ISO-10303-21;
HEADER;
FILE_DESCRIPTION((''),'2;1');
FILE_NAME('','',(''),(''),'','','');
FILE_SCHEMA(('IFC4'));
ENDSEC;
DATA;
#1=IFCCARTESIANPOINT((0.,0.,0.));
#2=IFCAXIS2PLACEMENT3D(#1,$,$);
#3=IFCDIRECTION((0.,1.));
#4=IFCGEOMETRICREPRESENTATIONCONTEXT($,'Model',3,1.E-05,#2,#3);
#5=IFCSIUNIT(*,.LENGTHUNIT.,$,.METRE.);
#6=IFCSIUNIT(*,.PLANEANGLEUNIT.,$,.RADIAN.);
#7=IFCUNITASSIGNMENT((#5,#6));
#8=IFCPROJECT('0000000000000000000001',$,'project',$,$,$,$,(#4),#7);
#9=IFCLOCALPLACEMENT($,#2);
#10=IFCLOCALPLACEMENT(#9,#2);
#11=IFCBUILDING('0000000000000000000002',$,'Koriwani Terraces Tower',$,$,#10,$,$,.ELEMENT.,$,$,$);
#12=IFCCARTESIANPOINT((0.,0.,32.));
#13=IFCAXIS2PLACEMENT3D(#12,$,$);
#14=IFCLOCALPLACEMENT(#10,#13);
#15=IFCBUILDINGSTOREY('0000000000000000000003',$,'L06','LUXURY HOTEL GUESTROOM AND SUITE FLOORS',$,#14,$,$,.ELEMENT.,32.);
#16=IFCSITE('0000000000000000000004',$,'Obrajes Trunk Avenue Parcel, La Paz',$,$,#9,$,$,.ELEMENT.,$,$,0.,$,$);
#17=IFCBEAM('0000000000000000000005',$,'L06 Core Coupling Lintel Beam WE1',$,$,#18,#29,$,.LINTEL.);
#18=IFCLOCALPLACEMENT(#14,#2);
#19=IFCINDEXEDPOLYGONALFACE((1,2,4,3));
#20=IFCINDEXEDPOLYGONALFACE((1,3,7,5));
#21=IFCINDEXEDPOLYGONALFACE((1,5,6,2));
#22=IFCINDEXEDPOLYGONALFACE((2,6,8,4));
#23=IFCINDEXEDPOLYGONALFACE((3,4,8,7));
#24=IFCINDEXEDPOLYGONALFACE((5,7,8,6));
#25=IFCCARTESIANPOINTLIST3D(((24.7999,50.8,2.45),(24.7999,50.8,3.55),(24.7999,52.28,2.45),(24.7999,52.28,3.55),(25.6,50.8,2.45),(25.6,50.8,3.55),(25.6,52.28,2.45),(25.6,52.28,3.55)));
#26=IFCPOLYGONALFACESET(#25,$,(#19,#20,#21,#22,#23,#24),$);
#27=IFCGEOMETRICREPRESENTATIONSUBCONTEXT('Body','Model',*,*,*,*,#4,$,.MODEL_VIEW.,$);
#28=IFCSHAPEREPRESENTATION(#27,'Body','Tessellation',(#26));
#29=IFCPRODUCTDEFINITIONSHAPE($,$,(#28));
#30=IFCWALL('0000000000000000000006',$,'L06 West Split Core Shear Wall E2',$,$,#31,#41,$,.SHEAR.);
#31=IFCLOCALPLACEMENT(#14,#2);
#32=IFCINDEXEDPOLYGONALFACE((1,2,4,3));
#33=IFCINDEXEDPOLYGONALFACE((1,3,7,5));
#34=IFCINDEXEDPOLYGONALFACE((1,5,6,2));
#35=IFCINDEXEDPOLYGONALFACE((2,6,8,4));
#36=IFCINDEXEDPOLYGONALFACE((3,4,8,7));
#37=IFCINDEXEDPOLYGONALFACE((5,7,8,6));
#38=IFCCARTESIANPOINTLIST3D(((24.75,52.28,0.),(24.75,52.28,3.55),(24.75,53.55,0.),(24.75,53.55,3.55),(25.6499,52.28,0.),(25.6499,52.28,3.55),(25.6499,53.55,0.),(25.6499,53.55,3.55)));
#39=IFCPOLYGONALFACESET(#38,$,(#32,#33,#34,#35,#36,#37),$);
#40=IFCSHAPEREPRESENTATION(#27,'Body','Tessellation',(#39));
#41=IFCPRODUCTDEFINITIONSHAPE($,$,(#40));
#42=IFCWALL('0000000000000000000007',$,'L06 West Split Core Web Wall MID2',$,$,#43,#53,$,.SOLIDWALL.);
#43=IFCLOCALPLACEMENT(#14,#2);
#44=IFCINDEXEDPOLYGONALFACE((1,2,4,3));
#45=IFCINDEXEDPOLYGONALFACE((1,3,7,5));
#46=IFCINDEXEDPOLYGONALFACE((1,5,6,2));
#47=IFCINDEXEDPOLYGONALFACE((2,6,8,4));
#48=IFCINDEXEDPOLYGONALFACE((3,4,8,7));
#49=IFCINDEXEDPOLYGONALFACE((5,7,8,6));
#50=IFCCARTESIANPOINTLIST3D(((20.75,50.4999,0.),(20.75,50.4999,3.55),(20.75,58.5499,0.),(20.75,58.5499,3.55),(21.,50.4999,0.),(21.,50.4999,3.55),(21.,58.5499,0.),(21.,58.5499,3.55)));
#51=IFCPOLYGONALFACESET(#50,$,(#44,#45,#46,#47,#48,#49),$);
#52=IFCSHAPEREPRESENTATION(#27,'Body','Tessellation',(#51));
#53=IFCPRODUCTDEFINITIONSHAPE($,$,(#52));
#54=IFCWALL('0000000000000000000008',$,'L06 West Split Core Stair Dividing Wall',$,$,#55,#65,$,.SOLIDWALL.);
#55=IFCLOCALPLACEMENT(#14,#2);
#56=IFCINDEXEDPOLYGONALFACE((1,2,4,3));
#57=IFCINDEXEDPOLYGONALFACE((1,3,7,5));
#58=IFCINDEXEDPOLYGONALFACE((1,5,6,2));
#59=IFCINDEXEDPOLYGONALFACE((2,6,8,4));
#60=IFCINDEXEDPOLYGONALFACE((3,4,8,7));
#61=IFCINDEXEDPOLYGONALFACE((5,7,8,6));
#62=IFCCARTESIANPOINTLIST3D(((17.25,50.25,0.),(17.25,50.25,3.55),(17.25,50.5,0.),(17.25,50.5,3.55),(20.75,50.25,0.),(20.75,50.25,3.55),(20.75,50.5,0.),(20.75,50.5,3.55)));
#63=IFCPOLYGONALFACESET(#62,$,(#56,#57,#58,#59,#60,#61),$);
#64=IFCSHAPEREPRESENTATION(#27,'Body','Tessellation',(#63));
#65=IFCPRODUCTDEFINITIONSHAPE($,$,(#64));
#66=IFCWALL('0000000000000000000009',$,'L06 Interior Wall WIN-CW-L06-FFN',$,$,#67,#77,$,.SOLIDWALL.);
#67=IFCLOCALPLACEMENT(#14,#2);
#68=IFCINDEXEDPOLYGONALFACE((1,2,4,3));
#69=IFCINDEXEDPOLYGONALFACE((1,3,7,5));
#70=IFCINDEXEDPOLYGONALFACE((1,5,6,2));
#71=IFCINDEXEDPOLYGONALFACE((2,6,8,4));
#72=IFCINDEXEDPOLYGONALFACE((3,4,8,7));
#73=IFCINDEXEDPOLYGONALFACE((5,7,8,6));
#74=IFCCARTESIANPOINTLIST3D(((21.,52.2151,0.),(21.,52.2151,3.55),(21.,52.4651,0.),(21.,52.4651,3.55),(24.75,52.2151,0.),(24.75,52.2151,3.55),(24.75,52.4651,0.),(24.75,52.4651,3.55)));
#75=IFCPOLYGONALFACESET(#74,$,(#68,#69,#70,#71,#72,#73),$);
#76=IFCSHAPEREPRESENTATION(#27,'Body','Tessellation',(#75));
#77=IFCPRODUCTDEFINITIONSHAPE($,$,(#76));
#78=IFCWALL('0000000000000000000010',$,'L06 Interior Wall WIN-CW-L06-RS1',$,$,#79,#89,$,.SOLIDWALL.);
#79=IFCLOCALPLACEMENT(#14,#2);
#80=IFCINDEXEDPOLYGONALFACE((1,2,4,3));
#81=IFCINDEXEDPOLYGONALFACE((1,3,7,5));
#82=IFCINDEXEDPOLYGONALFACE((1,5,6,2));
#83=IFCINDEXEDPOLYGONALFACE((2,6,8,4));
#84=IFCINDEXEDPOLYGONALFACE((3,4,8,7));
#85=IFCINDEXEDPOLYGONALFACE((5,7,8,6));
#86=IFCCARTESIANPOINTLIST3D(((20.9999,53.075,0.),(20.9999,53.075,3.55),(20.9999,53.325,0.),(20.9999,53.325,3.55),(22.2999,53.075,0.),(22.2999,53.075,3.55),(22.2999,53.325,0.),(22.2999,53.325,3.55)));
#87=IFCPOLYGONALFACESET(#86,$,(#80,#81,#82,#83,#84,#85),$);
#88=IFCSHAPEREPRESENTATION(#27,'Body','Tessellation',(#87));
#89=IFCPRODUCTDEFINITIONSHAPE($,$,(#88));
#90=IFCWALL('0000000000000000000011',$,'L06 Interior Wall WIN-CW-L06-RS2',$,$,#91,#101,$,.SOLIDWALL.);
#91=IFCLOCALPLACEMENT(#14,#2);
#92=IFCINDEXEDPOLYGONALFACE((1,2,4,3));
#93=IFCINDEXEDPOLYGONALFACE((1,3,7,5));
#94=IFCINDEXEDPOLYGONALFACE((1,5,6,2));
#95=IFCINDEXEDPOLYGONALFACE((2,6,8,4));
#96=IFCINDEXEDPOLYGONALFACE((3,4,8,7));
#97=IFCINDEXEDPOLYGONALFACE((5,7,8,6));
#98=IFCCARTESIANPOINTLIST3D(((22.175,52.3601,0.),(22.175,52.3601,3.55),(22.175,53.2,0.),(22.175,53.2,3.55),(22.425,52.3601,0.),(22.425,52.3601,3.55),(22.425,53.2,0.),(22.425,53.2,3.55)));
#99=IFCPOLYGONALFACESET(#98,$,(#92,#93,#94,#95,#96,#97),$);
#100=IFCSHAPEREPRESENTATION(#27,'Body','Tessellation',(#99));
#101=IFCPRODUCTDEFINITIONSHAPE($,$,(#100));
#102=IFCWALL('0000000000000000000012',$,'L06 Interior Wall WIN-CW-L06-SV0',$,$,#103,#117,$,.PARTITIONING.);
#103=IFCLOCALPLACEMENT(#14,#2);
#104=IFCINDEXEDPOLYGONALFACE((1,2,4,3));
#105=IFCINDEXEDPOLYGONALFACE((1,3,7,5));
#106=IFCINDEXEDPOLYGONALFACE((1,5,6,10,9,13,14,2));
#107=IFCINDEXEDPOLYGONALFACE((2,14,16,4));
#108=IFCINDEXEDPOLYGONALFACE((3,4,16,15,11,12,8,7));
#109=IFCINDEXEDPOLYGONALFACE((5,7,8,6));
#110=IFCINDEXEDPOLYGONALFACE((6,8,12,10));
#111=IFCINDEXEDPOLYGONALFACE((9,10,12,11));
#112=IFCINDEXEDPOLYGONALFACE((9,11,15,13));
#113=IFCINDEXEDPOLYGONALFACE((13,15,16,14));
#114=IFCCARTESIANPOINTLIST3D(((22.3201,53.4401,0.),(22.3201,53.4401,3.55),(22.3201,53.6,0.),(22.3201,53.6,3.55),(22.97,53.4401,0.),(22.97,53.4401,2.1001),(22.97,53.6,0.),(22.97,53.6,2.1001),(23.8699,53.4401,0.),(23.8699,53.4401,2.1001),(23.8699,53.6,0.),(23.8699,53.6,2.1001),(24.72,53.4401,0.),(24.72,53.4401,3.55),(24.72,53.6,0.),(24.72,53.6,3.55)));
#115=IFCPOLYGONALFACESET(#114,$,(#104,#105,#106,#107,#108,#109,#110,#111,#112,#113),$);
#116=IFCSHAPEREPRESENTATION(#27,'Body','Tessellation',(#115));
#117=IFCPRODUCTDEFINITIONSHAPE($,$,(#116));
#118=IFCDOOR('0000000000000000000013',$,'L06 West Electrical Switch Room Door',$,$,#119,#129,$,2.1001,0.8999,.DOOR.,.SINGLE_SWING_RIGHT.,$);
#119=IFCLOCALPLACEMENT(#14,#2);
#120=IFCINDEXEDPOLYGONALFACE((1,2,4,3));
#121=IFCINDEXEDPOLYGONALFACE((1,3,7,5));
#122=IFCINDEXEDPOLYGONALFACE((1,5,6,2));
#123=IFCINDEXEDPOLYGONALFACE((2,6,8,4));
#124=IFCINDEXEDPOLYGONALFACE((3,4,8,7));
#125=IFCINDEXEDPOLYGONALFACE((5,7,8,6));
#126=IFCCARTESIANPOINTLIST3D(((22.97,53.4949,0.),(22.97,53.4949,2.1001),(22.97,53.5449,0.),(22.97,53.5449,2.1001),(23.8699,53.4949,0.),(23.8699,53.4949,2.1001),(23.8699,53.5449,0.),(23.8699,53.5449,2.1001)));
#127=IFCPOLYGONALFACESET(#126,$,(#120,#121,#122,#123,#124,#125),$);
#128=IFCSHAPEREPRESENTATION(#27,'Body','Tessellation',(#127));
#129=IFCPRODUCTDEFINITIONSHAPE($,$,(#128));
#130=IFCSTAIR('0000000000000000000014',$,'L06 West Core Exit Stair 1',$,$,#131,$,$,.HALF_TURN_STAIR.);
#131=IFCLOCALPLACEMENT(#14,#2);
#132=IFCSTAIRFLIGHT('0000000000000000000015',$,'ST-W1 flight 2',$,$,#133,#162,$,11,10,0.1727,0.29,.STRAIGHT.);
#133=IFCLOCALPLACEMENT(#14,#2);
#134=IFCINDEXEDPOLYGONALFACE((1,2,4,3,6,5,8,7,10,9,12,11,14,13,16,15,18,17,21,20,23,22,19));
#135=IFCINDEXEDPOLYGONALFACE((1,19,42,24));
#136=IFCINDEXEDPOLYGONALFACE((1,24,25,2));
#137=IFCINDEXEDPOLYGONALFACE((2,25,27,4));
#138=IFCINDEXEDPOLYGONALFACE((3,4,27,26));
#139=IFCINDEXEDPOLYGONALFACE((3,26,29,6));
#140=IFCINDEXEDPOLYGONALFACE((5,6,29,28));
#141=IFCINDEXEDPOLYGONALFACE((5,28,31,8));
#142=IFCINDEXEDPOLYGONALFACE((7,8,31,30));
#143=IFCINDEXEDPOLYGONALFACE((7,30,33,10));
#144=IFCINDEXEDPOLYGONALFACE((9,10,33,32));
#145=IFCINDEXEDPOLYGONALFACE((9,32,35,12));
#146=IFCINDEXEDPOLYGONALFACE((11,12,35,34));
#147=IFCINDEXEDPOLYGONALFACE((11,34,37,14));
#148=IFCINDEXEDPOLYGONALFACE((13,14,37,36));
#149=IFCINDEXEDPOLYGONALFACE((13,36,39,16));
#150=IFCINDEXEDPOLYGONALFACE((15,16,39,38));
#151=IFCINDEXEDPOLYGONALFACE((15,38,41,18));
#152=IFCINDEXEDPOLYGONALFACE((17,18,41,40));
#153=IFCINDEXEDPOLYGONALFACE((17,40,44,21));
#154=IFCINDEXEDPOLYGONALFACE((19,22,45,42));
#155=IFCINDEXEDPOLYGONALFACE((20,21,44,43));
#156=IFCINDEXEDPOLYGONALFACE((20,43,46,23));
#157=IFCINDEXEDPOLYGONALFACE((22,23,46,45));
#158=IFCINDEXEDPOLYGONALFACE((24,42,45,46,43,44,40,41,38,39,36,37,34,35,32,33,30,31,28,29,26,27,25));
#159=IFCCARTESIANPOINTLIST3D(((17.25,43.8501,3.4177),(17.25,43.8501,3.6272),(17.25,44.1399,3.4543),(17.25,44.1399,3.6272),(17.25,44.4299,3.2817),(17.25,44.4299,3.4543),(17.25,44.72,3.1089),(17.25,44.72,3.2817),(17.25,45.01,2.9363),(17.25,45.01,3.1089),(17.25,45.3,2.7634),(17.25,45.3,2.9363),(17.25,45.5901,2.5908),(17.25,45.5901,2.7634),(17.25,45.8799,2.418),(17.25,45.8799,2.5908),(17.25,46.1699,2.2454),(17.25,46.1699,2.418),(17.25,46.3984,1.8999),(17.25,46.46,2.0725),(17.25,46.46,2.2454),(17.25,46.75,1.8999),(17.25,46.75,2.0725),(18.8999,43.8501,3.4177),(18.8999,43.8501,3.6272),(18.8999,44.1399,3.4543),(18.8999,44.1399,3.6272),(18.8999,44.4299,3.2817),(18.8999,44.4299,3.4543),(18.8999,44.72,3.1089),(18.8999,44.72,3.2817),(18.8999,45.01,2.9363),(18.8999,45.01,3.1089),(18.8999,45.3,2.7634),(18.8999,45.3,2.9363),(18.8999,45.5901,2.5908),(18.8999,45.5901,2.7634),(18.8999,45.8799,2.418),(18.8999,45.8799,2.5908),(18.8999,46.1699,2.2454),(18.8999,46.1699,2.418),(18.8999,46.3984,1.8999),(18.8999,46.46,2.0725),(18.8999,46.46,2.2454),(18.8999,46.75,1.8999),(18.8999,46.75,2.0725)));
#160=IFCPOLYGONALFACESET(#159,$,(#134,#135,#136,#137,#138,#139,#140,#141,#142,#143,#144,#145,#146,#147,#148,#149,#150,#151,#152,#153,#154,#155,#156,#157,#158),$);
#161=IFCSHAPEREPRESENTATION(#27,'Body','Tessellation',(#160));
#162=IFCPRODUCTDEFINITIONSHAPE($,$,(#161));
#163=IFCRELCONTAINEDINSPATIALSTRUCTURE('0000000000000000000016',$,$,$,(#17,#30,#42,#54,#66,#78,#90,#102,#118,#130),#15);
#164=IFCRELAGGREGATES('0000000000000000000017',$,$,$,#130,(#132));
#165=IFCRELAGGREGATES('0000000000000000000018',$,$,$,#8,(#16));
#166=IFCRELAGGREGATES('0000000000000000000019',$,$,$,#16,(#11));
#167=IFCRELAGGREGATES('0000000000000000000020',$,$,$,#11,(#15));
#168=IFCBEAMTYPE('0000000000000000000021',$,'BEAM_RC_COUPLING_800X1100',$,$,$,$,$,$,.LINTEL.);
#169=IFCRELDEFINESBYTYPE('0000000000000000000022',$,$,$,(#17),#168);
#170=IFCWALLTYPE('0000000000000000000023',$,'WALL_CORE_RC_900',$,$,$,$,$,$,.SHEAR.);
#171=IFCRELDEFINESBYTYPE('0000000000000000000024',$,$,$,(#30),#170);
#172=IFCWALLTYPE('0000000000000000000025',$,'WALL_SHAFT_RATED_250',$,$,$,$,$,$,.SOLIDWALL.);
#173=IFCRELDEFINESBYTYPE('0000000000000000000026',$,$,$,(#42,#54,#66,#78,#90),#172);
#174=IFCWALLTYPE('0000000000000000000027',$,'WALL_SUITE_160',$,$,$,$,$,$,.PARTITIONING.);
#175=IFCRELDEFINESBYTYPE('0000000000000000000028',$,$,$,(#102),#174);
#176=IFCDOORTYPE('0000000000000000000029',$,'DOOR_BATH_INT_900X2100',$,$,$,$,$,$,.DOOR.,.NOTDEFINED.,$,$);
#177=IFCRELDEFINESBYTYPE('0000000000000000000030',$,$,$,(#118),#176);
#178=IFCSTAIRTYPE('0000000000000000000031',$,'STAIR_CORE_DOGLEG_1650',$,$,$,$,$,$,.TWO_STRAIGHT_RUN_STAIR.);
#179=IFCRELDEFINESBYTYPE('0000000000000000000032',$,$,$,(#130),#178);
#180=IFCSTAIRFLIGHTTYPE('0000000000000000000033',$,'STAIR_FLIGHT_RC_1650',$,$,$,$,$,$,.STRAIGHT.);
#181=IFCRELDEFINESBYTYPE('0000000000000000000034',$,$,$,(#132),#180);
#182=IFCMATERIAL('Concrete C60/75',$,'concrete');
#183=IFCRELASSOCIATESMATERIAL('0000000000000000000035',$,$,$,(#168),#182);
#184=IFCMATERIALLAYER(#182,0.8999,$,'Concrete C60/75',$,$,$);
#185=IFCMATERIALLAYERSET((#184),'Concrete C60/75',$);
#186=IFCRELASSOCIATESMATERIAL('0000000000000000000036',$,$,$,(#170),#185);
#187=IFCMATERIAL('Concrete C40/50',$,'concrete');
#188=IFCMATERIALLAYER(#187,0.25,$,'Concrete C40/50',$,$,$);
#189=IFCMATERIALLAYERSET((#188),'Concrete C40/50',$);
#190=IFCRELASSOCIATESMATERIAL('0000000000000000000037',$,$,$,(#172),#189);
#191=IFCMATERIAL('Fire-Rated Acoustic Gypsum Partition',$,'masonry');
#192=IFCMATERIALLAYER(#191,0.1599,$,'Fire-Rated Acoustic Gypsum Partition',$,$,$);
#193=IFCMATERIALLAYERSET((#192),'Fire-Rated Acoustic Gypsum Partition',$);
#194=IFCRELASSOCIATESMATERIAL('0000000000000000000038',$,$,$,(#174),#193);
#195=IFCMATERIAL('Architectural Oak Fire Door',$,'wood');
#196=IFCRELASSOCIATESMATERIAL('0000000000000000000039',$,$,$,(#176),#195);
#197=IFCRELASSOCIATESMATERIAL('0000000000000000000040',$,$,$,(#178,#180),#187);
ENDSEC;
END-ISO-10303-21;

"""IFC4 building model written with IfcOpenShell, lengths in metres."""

from ifc_helpers import new_model, si_unit, direction, frame, frame_2d, origin, origin_2d, place, context, subcontext, project, spatial, polyline, rectangle, outline, extrude, material, layer, layer_set, material_profile, profile_set, type_object, element, fill, aggregate, save


model = new_model("IFC4")

# Units and contexts
model_context = context("Model", 3, precision=1e-05, world=origin(), true_north=direction((0.0, 1.0)))
body_context = subcontext(model_context, "Body", "Model", "MODEL_VIEW")
ifc_project = project(units=[si_unit("LENGTHUNIT", "METRE"), si_unit("PLANEANGLEUNIT", "RADIAN")], contexts=[model_context])

# Site, building, storey
site_placement = place(None, origin())
site = spatial("IfcSite", under=ifc_project, at=site_placement, Name="Obrajes Trunk Avenue Parcel, La Paz", CompositionType="ELEMENT", RefElevation=0.0)
building_placement = place(site_placement, origin())
building = spatial("IfcBuilding", under=site, at=building_placement, Name="Koriwani Terraces Tower", CompositionType="ELEMENT")
storey_placement = place(building_placement, frame((0.0, 0.0, 32.0)))
storey = spatial("IfcBuildingStorey", under=building, at=storey_placement, Name="L06", Description="LUXURY HOTEL GUESTROOM AND SUITE FLOORS", CompositionType="ELEMENT", Elevation=32.0)

# Beam
ifc_material_1 = material(Name="Concrete C60/75", Category="concrete")
ifc_material_profile = material_profile(ifc_material_1, rectangle(XDim=0.8, YDim=1.1001, at=origin_2d()), Name="Concrete C60/75", Category="LoadBearing")
ifc_profile_set = profile_set([ifc_material_profile], Name="Concrete C60/75")
beam_type = type_object("IfcBeamType", Name="BEAM_RC_COUPLING_800X1100", PredefinedType="LINTEL", material=ifc_profile_set)
beam_placement = place(storey_placement, frame((25.2, 50.8, 3.0), z_axis=(0.0, 1.0, 0.0), x_axis=(-1.0, 0.0, 0.0)))
element("IfcBeam", 1, at=beam_placement, inside=storey, type_object=beam_type, Name="L06 Core Coupling Lintel Beam WE1", PredefinedType="LINTEL", context=body_context, shape_type="SweptSolid", body=[
    extrude(rectangle(XDim=0.8, YDim=1.1001, at=origin_2d()), origin(), (0.0, 0.0, 1.0), 1.48),
])

# Walls
ifc_layer_1 = layer(ifc_material_1, 0.8999, Name="Concrete C60/75")
ifc_layer_set_1 = layer_set([ifc_layer_1], Name="Concrete C60/75")
wall_type_1 = type_object("IfcWallType", Name="WALL_CORE_RC_900", PredefinedType="SHEAR", material=ifc_layer_set_1)
wall_1_placement = place(storey_placement, frame((25.2, 52.28, 0.0), z_axis=(0.0, 0.0, 1.0), x_axis=(0.0, 1.0, 0.0)))
element("IfcWall", 2, at=wall_1_placement, inside=storey, type_object=wall_type_1, Name="L06 West Split Core Shear Wall E2", PredefinedType="SHEAR", context=body_context, shape_type="SweptSolid", body=[
    extrude(rectangle(XDim=1.27, YDim=0.8999, at=frame_2d((0.635, 0.0))), origin(), (0.0, 0.0, 1.0), 3.55),
])
ifc_material_2 = material(Name="Concrete C40/50", Category="concrete")
ifc_layer_2 = layer(ifc_material_2, 0.25, Name="Concrete C40/50")
ifc_layer_set_2 = layer_set([ifc_layer_2], Name="Concrete C40/50")
wall_type_2 = type_object("IfcWallType", Name="WALL_SHAFT_RATED_250", PredefinedType="SOLIDWALL", material=ifc_layer_set_2)
wall_2_placement = place(storey_placement, frame((20.875, 50.5, 0.0), z_axis=(0.0, 0.0, 1.0), x_axis=(0.0, 1.0, 0.0)))
element("IfcWall", 3, at=wall_2_placement, inside=storey, type_object=wall_type_2, Name="L06 West Split Core Web Wall MID2", PredefinedType="SOLIDWALL", context=body_context, shape_type="SweptSolid", body=[
    extrude(rectangle(XDim=8.05, YDim=0.25, at=frame_2d((4.0249, 0.0))), origin(), (0.0, 0.0, 1.0), 3.55),
])
wall_3_placement = place(storey_placement, frame((17.25, 50.375, 0.0), z_axis=(0.0, 0.0, 1.0), x_axis=(1.0, 0.0, 0.0)))
element("IfcWall", 4, at=wall_3_placement, inside=storey, type_object=wall_type_2, Name="L06 West Split Core Stair Dividing Wall", PredefinedType="SOLIDWALL", context=body_context, shape_type="SweptSolid", body=[
    extrude(rectangle(XDim=3.5, YDim=0.25, at=frame_2d((1.75, 0.0))), origin(), (0.0, 0.0, 1.0), 3.55),
])

# Walls
wall_4_placement = place(storey_placement, frame((21.0, 52.3401, 0.0), z_axis=(0.0, 0.0, 1.0), x_axis=(1.0, 0.0, 0.0)))
element("IfcWall", 5, at=wall_4_placement, inside=storey, type_object=wall_type_2, Name="L06 Interior Wall WIN-CW-L06-FFN", PredefinedType="SOLIDWALL", context=body_context, shape_type="SweptSolid", body=[
    extrude(rectangle(XDim=3.75, YDim=0.25, at=frame_2d((1.875, 0.0))), origin(), (0.0, 0.0, 1.0), 3.55),
])
wall_5_placement = place(storey_placement, frame((21.0, 53.2, 0.0), z_axis=(0.0, 0.0, 1.0), x_axis=(1.0, 0.0, 0.0)))
element("IfcWall", 6, at=wall_5_placement, inside=storey, type_object=wall_type_2, Name="L06 Interior Wall WIN-CW-L06-RS1", PredefinedType="SOLIDWALL", context=body_context, shape_type="SweptSolid", body=[
    extrude(rectangle(XDim=1.3, YDim=0.25, at=frame_2d((0.6499, 0.0))), origin(), (0.0, 0.0, 1.0), 3.55),
])
wall_6_placement = place(storey_placement, frame((22.3, 52.3601, 0.0), z_axis=(0.0, 0.0, 1.0), x_axis=(0.0, 1.0, 0.0)))
element("IfcWall", 7, at=wall_6_placement, inside=storey, type_object=wall_type_2, Name="L06 Interior Wall WIN-CW-L06-RS2", PredefinedType="SOLIDWALL", context=body_context, shape_type="SweptSolid", body=[
    extrude(rectangle(XDim=0.8398, YDim=0.25, at=frame_2d((0.4199, 0.0))), origin(), (0.0, 0.0, 1.0), 3.55),
])

# Wall, opening, door
ifc_material_3 = material(Name="Fire-Rated Acoustic Gypsum Partition", Category="masonry")
ifc_layer_3 = layer(ifc_material_3, 0.1599, Name="Fire-Rated Acoustic Gypsum Partition")
ifc_layer_set_3 = layer_set([ifc_layer_3], Name="Fire-Rated Acoustic Gypsum Partition")
wall_type_3 = type_object("IfcWallType", Name="WALL_SUITE_160", PredefinedType="PARTITIONING", material=ifc_layer_set_3)
wall_7_placement = place(storey_placement, frame((22.3201, 53.52, 0.0), z_axis=(0.0, 0.0, 1.0), x_axis=(1.0, 0.0, 0.0)))
wall_7 = element("IfcWall", 8, at=wall_7_placement, inside=storey, type_object=wall_type_3, Name="L06 Interior Wall WIN-CW-L06-SV0", PredefinedType="PARTITIONING", context=body_context, shape_type="SweptSolid", body=[
    extrude(rectangle(XDim=2.3999, YDim=0.1599, at=frame_2d((1.2, 0.0))), origin(), (0.0, 0.0, 1.0), 3.55),
])
opening_1_placement = place(wall_7_placement, frame((0.6499, 0.0, 0.0)))
opening_1 = element("IfcOpeningElement", 9, at=opening_1_placement, cuts=wall_7, PredefinedType="OPENING", context=body_context, shape_type="SweptSolid", body=[
    extrude(rectangle(XDim=0.8999, YDim=2.1001, at=frame_2d((0.45, 1.05))), frame((0.0, 0.0898, 0.0), z_axis=(0.0, -1.0, 0.0), x_axis=(1.0, 0.0, 0.0)), (0.0, 0.0, 1.0), 0.1799),
])
ifc_material_4 = material(Name="Architectural Oak Fire Door", Category="wood")
door_type_1 = type_object("IfcDoorType", Name="DOOR_BATH_INT_900X2100", OperationType="NOTDEFINED", PredefinedType="DOOR", material=ifc_material_4)
door_1_placement = place(opening_1_placement, origin())
door_1 = element("IfcDoor", 10, at=door_1_placement, inside=storey, type_object=door_type_1, Name="L06 West Electrical Switch Room Door", OperationType="SINGLE_SWING_RIGHT", OverallHeight=2.1001, OverallWidth=0.8999, PredefinedType="DOOR", context=body_context, shape_type="SweptSolid", body=[
    extrude(rectangle(XDim=0.8999, YDim=2.1001, at=frame_2d((0.45, 1.05))), frame((0.0, 0.0249, 0.0), z_axis=(0.0, -1.0, 0.0), x_axis=(1.0, 0.0, 0.0)), (0.0, 0.0, 1.0), 0.05),
])
fill(opening_1, door_1)

# Stair, stair flight
stair_type = type_object("IfcStairType", Name="STAIR_CORE_DOGLEG_1650", PredefinedType="TWO_STRAIGHT_RUN_STAIR", material=ifc_material_2)
stair_1_placement = place(storey_placement, origin())
stair_1 = element("IfcStair", 11, at=stair_1_placement, inside=storey, type_object=stair_type, Name="L06 West Core Exit Stair 1", PredefinedType="HALF_TURN_STAIR")
stair_flight_type = type_object("IfcStairFlightType", Name="STAIR_FLIGHT_RC_1650", PredefinedType="STRAIGHT", material=ifc_material_2)
stair_flight_1_placement = place(storey_placement, frame((18.075, 46.75, 1.8999), z_axis=(0.0, 0.0, 1.0), x_axis=(0.0, -1.0, 0.0)))
stair_flight_1 = element("IfcStairFlight", 12, at=stair_flight_1_placement, type_object=stair_flight_type, Name="ST-W1 flight 2", NumberOfRisers=11, NumberOfTreads=10, PredefinedType="STRAIGHT", RiserHeight=0.1727, TreadLength=0.29, context=body_context, shape_type="SweptSolid", body=[
    extrude(outline(polyline([(0.0, 0.0), (0.0, 0.1726), (0.29, 0.1726), (0.29, 0.3455), (0.5801, 0.3455), (0.5801, 0.5181), (0.8701, 0.5181), (0.8701, 0.6909), (1.1599, 0.6909), (1.1599, 0.8635), (1.45, 0.8635), (1.45, 1.0364), (1.74, 1.0364), (1.74, 1.209), (2.03, 1.209), (2.03, 1.3818), (2.3201, 1.3818), (2.3201, 1.5544), (2.6101, 1.5544), (2.6101, 1.7273), (2.8999, 1.7273), (2.8999, 1.8999), (2.8999, 1.5178), (0.3516, 0.0), (0.0, 0.0)])), frame((0.0, 0.825, 0.0), z_axis=(0.0, -1.0, 0.0), x_axis=(1.0, 0.0, 0.0)), (0.0, 0.0, 1.0), 1.6499),
])
aggregate(stair_1, [stair_flight_1])

save(model, "model.ifc")
